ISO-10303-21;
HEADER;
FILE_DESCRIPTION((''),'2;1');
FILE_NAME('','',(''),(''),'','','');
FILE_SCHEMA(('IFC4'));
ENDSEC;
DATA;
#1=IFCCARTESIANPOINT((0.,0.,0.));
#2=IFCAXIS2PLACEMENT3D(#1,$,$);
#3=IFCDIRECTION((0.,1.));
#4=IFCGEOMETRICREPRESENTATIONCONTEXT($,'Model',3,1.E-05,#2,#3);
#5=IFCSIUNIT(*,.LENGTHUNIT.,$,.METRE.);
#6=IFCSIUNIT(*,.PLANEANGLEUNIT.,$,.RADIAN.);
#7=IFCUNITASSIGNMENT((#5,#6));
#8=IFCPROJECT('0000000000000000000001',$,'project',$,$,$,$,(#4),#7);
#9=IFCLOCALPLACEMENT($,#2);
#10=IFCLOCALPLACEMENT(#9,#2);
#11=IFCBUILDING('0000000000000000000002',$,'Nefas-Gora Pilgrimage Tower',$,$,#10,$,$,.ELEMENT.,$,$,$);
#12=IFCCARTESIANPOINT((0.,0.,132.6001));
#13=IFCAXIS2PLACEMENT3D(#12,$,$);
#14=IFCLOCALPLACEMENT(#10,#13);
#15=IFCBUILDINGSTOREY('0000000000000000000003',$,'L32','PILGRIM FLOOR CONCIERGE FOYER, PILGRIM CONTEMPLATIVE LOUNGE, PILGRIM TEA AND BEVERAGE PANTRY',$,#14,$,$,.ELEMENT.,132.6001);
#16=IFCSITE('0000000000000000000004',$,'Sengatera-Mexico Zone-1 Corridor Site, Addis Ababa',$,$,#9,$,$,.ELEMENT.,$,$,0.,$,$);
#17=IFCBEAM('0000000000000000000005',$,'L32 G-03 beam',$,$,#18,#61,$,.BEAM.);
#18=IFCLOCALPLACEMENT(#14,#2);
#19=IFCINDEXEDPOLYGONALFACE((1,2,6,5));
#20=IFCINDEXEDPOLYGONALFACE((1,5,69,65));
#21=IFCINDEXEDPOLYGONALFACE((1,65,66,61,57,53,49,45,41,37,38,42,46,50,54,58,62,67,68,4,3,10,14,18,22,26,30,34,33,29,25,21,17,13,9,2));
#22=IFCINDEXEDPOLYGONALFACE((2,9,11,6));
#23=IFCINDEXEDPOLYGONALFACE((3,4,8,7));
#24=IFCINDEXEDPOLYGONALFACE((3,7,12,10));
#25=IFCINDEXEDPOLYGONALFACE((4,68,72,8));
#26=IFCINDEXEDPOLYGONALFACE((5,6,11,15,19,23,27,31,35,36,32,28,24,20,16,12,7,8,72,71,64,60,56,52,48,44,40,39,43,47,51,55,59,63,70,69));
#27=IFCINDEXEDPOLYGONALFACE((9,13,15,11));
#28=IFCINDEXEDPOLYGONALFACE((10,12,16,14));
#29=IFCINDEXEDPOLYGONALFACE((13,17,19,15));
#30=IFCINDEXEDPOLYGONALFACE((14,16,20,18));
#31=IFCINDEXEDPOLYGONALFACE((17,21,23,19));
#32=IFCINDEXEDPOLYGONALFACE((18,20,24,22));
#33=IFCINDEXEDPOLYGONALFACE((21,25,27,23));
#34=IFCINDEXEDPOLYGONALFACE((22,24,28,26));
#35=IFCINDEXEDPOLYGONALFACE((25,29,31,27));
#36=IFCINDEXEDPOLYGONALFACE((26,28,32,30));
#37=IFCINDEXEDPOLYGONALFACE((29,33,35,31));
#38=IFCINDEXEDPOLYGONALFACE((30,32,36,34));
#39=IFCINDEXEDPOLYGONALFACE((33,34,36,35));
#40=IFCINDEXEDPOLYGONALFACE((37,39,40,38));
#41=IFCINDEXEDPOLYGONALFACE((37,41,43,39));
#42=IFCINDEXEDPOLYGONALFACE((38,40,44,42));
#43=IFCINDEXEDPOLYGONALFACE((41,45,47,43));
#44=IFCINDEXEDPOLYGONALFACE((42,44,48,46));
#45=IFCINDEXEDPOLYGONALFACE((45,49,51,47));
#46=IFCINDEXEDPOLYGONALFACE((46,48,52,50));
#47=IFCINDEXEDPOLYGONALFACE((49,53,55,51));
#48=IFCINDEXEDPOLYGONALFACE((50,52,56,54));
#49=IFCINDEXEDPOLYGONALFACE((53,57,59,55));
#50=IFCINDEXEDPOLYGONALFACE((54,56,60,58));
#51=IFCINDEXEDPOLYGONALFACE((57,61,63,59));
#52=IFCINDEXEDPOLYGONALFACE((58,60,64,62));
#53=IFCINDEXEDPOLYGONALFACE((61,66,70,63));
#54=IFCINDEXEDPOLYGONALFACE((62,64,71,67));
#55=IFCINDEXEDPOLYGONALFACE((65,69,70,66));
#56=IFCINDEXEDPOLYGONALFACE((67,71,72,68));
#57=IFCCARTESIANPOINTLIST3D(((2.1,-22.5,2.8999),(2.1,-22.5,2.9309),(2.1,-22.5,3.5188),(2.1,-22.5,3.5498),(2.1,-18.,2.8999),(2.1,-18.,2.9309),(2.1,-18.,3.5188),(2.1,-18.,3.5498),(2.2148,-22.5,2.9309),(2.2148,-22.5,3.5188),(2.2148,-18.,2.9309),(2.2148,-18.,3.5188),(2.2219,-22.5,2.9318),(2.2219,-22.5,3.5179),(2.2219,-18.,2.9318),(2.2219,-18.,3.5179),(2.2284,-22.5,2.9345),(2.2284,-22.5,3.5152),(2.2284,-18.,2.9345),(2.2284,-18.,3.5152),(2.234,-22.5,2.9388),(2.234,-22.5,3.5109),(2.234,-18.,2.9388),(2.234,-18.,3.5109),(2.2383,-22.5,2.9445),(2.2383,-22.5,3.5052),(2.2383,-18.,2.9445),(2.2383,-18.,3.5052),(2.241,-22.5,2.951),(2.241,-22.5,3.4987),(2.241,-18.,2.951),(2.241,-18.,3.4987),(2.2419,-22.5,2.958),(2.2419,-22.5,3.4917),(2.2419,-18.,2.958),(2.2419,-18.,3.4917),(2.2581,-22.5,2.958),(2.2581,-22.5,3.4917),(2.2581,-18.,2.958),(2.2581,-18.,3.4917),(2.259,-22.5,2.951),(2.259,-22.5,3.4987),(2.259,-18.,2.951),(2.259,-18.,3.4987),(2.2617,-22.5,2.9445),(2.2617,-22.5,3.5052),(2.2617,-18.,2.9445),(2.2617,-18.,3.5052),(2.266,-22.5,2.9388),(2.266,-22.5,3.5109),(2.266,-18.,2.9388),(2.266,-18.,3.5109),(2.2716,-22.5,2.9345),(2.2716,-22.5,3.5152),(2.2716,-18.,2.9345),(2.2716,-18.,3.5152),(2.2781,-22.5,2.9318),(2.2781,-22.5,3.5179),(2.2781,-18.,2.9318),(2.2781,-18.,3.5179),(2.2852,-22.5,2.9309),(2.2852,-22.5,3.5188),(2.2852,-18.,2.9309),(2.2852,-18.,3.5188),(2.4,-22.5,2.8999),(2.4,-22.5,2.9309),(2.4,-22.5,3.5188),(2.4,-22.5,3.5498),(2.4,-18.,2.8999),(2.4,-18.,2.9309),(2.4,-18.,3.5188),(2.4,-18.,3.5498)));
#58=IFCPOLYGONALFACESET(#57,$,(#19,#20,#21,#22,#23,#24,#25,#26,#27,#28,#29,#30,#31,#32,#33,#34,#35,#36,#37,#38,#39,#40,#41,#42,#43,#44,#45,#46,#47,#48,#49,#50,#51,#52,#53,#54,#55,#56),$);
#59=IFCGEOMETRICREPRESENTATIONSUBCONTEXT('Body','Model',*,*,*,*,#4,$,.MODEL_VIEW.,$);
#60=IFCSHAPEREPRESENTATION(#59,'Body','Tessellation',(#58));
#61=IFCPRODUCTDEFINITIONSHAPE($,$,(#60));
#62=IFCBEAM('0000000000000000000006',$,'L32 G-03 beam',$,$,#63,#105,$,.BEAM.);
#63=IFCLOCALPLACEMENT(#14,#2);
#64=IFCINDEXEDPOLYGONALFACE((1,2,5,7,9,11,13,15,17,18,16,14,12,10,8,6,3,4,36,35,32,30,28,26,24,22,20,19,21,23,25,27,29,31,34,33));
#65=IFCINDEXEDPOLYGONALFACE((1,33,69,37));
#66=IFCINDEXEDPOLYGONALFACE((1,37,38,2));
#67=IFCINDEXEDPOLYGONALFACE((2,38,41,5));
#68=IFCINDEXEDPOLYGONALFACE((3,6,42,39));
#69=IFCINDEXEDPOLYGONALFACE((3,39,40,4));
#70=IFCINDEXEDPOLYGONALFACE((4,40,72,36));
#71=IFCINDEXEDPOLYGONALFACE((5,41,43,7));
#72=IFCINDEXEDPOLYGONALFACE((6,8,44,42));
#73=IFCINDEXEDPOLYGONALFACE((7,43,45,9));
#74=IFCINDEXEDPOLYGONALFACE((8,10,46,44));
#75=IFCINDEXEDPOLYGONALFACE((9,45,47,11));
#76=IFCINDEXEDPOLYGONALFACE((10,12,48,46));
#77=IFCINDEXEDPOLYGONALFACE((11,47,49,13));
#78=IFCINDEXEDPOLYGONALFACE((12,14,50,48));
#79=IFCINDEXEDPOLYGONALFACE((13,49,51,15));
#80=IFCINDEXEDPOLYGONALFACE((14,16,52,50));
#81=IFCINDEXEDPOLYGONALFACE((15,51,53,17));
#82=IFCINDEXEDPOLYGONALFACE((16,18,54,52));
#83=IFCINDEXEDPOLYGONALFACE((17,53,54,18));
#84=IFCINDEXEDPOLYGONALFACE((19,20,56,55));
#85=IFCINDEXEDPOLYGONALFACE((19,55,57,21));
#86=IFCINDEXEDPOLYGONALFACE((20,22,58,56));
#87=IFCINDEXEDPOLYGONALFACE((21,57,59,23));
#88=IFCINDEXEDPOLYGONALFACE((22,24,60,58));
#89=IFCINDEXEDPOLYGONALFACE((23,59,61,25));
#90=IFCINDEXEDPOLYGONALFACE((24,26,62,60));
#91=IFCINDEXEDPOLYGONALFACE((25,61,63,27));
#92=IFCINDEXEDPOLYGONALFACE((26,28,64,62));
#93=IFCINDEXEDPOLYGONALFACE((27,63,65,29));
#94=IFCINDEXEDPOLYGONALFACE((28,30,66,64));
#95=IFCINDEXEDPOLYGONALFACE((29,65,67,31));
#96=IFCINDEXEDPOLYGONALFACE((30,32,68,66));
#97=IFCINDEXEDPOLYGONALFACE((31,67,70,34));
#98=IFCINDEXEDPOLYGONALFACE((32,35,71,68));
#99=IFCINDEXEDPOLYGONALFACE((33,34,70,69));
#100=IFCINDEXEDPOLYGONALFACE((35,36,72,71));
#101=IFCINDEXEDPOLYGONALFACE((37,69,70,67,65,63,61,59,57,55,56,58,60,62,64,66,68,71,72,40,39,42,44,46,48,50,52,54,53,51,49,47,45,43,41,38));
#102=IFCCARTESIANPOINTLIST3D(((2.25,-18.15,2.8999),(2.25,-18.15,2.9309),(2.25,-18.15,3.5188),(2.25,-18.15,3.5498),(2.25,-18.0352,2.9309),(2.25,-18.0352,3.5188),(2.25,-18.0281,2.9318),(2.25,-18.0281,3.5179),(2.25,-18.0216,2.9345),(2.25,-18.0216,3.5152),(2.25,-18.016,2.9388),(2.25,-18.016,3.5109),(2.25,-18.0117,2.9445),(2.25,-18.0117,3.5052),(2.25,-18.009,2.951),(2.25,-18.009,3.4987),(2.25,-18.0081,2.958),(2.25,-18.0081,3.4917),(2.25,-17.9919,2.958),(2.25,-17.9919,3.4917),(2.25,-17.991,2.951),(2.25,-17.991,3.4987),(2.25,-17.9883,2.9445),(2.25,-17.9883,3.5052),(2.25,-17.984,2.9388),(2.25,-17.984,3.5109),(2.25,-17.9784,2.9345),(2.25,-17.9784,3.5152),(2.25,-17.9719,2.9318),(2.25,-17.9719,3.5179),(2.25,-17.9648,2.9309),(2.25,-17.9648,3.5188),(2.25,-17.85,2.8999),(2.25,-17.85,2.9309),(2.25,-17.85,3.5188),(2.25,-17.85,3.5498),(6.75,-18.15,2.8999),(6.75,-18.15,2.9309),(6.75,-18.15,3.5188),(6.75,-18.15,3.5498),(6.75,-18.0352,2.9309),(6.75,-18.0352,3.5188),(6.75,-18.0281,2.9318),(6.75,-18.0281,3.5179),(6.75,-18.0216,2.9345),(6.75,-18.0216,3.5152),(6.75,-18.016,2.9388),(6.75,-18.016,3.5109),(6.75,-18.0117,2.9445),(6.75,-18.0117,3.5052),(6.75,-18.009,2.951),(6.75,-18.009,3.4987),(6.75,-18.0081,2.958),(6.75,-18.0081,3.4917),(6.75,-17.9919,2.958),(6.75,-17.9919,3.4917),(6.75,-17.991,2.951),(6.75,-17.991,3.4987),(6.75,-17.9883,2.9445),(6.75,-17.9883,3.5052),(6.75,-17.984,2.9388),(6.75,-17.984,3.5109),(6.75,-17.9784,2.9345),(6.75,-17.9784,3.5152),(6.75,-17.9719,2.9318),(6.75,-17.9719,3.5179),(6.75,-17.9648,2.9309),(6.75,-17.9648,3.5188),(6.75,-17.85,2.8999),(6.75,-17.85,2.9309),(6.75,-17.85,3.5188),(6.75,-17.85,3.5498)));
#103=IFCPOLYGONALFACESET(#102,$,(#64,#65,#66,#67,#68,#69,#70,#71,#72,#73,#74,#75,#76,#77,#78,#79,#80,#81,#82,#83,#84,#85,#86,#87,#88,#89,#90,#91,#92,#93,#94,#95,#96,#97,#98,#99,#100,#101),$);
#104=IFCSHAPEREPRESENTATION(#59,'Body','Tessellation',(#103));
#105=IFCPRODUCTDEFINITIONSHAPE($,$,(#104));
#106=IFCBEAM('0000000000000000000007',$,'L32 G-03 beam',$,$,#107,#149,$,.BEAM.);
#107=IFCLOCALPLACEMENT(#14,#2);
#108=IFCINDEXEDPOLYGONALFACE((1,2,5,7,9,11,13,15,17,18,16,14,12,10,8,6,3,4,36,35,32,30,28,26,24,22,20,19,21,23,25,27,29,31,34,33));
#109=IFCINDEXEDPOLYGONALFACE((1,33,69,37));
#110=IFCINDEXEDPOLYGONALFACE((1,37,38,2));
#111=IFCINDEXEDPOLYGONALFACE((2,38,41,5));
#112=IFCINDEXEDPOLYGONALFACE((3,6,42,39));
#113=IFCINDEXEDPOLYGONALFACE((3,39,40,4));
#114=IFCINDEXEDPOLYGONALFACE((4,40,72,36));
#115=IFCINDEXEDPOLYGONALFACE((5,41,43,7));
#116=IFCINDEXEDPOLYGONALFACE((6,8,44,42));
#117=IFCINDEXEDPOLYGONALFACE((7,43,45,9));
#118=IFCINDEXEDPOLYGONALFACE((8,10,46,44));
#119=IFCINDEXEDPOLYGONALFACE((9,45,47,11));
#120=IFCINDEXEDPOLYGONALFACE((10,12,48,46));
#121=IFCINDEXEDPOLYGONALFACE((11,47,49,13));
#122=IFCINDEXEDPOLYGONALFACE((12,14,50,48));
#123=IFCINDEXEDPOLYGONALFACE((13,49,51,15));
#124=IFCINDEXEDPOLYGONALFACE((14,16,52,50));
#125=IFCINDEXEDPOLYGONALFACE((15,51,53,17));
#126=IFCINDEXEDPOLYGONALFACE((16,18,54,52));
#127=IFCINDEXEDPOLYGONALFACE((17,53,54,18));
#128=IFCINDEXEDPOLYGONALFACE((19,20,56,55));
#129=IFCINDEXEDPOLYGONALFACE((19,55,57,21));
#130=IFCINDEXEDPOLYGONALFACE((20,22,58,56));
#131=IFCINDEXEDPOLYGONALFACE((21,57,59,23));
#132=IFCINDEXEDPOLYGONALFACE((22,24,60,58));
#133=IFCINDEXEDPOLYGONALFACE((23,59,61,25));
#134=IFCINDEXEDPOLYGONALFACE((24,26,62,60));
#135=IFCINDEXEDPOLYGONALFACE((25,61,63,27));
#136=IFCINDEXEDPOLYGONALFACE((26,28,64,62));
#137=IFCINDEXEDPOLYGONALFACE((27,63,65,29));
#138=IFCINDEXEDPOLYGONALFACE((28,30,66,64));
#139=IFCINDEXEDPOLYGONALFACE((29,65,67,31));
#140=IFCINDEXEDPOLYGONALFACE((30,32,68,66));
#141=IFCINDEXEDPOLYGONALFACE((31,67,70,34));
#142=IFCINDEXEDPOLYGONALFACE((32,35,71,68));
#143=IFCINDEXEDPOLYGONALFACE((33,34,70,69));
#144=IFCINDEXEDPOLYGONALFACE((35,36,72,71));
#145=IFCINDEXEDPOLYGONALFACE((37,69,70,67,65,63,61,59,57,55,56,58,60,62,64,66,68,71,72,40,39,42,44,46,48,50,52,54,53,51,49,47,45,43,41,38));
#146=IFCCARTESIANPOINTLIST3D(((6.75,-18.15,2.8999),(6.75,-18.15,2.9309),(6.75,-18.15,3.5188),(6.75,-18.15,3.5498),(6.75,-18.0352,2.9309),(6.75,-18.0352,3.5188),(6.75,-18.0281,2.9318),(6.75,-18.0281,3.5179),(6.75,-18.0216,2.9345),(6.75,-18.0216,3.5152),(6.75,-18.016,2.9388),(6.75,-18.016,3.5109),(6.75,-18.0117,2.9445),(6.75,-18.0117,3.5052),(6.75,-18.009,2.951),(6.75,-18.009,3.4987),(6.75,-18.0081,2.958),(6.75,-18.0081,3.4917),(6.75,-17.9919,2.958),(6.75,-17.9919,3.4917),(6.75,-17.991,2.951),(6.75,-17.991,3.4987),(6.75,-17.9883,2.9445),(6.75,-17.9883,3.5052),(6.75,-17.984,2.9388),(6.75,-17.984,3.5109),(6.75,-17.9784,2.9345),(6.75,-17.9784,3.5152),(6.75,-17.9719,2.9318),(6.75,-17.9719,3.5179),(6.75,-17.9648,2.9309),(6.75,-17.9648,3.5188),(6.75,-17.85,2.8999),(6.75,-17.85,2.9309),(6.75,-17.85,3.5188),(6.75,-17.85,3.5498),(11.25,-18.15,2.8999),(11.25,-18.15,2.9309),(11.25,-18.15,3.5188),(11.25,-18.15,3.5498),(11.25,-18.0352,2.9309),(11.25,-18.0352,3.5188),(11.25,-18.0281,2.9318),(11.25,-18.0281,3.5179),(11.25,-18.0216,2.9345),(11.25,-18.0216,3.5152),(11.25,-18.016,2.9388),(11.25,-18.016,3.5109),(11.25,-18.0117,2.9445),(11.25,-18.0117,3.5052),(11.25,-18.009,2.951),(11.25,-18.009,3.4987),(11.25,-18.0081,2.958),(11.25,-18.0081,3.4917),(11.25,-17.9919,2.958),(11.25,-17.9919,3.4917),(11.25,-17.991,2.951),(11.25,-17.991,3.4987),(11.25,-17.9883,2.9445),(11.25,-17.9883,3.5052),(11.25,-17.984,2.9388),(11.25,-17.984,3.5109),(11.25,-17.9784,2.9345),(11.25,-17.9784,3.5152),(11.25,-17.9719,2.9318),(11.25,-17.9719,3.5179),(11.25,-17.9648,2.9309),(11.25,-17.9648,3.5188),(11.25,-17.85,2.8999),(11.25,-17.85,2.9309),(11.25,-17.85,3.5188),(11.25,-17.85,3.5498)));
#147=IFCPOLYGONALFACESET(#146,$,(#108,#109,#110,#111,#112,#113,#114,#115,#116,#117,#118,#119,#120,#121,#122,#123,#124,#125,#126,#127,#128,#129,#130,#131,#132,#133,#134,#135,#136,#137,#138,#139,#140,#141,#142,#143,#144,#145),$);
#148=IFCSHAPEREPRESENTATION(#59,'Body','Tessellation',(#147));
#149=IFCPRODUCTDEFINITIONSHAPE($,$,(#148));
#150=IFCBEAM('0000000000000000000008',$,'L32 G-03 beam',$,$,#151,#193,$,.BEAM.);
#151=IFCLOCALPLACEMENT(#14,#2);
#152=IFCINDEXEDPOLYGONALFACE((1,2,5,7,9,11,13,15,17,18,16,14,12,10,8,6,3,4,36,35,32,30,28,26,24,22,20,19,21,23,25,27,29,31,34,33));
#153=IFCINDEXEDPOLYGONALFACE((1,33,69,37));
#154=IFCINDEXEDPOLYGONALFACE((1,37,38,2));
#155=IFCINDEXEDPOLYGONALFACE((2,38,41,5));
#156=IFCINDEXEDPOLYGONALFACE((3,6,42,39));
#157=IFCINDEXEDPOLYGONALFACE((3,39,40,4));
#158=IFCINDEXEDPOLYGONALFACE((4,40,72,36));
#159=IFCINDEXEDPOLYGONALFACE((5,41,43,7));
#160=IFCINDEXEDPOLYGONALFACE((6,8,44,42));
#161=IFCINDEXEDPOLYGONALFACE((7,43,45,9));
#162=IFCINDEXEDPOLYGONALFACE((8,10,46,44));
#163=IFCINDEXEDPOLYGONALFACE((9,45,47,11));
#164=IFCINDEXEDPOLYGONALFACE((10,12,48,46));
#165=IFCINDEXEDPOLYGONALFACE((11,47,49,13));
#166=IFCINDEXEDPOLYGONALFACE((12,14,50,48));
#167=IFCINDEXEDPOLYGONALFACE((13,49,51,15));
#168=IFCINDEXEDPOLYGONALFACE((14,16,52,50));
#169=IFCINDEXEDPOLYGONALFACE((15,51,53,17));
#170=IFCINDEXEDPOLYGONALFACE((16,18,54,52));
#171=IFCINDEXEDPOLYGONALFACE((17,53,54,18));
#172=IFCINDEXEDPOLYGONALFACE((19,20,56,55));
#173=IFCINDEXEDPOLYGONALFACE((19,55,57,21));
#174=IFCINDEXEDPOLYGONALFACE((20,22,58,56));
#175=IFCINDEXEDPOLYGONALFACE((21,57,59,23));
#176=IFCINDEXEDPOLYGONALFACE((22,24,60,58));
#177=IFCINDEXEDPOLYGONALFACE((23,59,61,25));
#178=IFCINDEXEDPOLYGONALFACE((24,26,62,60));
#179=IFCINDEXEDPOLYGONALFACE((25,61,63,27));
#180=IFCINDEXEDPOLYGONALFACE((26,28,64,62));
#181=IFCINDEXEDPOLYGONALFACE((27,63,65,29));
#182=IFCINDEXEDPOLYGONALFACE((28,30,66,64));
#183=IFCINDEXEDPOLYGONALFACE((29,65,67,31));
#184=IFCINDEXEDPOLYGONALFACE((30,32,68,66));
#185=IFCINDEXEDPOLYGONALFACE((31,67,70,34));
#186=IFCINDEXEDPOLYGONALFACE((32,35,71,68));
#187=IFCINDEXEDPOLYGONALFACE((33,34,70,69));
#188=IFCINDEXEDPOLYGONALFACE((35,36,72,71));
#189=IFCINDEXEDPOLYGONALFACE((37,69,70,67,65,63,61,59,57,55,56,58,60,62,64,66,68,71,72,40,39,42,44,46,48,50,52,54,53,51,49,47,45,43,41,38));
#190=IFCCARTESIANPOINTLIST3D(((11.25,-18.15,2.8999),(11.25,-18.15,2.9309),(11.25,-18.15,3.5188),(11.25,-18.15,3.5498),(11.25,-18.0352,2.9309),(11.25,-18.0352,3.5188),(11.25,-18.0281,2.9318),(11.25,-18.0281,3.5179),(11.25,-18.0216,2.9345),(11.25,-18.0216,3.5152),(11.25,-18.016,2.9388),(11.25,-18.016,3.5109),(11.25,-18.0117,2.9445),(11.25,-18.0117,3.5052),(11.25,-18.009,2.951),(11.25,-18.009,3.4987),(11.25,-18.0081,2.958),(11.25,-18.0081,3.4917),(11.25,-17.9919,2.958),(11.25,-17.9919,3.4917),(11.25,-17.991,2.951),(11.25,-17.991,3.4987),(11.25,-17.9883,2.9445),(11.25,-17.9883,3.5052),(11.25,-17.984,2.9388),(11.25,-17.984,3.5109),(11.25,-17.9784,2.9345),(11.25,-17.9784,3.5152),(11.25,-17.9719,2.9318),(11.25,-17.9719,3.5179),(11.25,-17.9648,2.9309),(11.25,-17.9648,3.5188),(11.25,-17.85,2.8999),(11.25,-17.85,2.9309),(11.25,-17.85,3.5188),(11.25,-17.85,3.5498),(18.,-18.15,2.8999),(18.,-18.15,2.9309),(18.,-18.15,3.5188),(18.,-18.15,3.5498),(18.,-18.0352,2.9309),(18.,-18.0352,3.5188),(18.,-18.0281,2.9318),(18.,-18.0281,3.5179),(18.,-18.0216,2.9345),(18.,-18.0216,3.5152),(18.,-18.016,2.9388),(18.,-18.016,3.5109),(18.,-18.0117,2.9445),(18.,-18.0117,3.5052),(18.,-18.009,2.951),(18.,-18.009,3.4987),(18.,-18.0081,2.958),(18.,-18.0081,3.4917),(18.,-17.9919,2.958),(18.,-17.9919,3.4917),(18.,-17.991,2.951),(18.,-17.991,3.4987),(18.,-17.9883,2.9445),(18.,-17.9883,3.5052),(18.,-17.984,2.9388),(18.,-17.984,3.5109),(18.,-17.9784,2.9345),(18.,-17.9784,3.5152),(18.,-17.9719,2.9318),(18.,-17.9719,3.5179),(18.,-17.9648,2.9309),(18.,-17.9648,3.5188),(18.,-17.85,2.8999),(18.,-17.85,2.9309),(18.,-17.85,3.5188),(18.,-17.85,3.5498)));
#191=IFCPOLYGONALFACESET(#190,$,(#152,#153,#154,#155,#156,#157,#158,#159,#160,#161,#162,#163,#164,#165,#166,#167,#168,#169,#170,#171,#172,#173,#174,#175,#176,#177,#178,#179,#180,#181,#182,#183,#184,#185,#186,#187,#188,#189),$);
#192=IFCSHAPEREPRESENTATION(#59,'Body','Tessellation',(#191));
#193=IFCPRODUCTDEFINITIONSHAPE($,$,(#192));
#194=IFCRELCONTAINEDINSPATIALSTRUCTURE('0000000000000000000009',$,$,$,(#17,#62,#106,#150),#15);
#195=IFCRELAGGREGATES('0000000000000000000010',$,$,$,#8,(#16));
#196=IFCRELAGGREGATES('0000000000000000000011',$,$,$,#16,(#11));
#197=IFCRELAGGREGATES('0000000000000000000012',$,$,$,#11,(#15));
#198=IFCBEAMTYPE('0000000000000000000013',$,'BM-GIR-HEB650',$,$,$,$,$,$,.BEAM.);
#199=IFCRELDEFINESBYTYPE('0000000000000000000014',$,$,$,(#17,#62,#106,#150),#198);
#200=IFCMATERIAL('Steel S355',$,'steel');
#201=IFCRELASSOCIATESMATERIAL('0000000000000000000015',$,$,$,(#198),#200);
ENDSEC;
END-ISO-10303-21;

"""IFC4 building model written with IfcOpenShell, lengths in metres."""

from ifc_helpers import new_model, si_unit, direction, frame, origin, origin_2d, place, context, subcontext, project, spatial, i_section, extrude, source, transform, mapped, material, material_profile, profile_set, type_object, element, save


model = new_model("IFC4")

# Units and contexts
model_context = context("Model", 3, precision=1e-05, world=origin(), true_north=direction((0.0, 1.0)))
body_context = subcontext(model_context, "Body", "Model", "MODEL_VIEW")
ifc_project = project(units=[si_unit("LENGTHUNIT", "METRE"), si_unit("PLANEANGLEUNIT", "RADIAN")], contexts=[model_context])

# Site, building, storey
site_placement = place(None, origin())
site = spatial("IfcSite", under=ifc_project, at=site_placement, Name="Sengatera-Mexico Zone-1 Corridor Site, Addis Ababa", CompositionType="ELEMENT", RefElevation=0.0)
building_placement = place(site_placement, origin())
building = spatial("IfcBuilding", under=site, at=building_placement, Name="Nefas-Gora Pilgrimage Tower", CompositionType="ELEMENT")
storey_placement = place(building_placement, frame((0.0, 0.0, 132.6001)))
storey = spatial("IfcBuildingStorey", under=building, at=storey_placement, Name="L32", Description="PILGRIM FLOOR CONCIERGE FOYER, PILGRIM CONTEMPLATIVE LOUNGE, PILGRIM TEA AND BEVERAGE PANTRY", CompositionType="ELEMENT", Elevation=132.6001)

# Beams
ifc_material_1 = material(Name="Steel S355", Category="steel")
ifc_material_profile_1 = material_profile(ifc_material_1, i_section(OverallWidth=0.3, OverallDepth=0.6499, WebThickness=0.0161, FlangeThickness=0.031, FilletRadius=0.0271, at=origin_2d()), Name="HEB 650")
ifc_profile_set_1 = profile_set([ifc_material_profile_1], Name="Steel S355")
beam_type_1 = type_object("IfcBeamType", Name="BM-GIR-HEB650", PredefinedType="BEAM", material=ifc_profile_set_1)
shared_shape_1 = source(origin(), body_context, "Body", "SweptSolid", [
    extrude(i_section(OverallWidth=0.3, OverallDepth=0.6499, WebThickness=0.0161, FlangeThickness=0.031, FilletRadius=0.0271, at=origin_2d()), origin(), (0.0, 0.0, 1.0), 4.5),
])
for number, where, z_axis, x_axis, name in (
    (1, (2.25, -22.5, 3.2249), (0.0, 1.0, 0.0), (-1.0, 0.0, 0.0), "L32 G-03 beam"),
    (2, (2.25, -18.0, 3.2249), (1.0, 0.0, 0.0), (0.0, 1.0, 0.0), "L32 G-03 beam"),
    (3, (6.75, -18.0, 3.2249), (1.0, 0.0, 0.0), (0.0, 1.0, 0.0), "L32 G-03 beam"),
):
    element("IfcBeam", number, at=place(storey_placement, frame(where, z_axis=z_axis, x_axis=x_axis)), inside=storey, type_object=beam_type_1, Name=name, PredefinedType="BEAM", context=body_context, shape_type="MappedRepresentation", body=[
        mapped(shared_shape_1, transform((0.0, 0.0, 0.0), x_axis=(1.0, 0.0, 0.0), y_axis=(0.0, 1.0, 0.0), z_axis=(0.0, 0.0, 1.0), scale=1.0)),
    ])
shared_shape_2 = source(origin(), body_context, "Body", "SweptSolid", [
    extrude(i_section(OverallWidth=0.3, OverallDepth=0.6499, WebThickness=0.0161, FlangeThickness=0.031, FilletRadius=0.0271, at=origin_2d()), origin(), (0.0, 0.0, 1.0), 6.75),
])
beam_1_placement = place(storey_placement, frame((11.25, -18.0, 3.2249), z_axis=(1.0, 0.0, 0.0), x_axis=(0.0, 1.0, 0.0)))
element("IfcBeam", 4, at=beam_1_placement, inside=storey, type_object=beam_type_1, Name="L32 G-03 beam", PredefinedType="BEAM", context=body_context, shape_type="MappedRepresentation", body=[
    mapped(shared_shape_2, transform((0.0, 0.0, 0.0), x_axis=(1.0, 0.0, 0.0), y_axis=(0.0, 1.0, 0.0), z_axis=(0.0, 0.0, 1.0), scale=1.0)),
])

save(model, "model.ifc")
